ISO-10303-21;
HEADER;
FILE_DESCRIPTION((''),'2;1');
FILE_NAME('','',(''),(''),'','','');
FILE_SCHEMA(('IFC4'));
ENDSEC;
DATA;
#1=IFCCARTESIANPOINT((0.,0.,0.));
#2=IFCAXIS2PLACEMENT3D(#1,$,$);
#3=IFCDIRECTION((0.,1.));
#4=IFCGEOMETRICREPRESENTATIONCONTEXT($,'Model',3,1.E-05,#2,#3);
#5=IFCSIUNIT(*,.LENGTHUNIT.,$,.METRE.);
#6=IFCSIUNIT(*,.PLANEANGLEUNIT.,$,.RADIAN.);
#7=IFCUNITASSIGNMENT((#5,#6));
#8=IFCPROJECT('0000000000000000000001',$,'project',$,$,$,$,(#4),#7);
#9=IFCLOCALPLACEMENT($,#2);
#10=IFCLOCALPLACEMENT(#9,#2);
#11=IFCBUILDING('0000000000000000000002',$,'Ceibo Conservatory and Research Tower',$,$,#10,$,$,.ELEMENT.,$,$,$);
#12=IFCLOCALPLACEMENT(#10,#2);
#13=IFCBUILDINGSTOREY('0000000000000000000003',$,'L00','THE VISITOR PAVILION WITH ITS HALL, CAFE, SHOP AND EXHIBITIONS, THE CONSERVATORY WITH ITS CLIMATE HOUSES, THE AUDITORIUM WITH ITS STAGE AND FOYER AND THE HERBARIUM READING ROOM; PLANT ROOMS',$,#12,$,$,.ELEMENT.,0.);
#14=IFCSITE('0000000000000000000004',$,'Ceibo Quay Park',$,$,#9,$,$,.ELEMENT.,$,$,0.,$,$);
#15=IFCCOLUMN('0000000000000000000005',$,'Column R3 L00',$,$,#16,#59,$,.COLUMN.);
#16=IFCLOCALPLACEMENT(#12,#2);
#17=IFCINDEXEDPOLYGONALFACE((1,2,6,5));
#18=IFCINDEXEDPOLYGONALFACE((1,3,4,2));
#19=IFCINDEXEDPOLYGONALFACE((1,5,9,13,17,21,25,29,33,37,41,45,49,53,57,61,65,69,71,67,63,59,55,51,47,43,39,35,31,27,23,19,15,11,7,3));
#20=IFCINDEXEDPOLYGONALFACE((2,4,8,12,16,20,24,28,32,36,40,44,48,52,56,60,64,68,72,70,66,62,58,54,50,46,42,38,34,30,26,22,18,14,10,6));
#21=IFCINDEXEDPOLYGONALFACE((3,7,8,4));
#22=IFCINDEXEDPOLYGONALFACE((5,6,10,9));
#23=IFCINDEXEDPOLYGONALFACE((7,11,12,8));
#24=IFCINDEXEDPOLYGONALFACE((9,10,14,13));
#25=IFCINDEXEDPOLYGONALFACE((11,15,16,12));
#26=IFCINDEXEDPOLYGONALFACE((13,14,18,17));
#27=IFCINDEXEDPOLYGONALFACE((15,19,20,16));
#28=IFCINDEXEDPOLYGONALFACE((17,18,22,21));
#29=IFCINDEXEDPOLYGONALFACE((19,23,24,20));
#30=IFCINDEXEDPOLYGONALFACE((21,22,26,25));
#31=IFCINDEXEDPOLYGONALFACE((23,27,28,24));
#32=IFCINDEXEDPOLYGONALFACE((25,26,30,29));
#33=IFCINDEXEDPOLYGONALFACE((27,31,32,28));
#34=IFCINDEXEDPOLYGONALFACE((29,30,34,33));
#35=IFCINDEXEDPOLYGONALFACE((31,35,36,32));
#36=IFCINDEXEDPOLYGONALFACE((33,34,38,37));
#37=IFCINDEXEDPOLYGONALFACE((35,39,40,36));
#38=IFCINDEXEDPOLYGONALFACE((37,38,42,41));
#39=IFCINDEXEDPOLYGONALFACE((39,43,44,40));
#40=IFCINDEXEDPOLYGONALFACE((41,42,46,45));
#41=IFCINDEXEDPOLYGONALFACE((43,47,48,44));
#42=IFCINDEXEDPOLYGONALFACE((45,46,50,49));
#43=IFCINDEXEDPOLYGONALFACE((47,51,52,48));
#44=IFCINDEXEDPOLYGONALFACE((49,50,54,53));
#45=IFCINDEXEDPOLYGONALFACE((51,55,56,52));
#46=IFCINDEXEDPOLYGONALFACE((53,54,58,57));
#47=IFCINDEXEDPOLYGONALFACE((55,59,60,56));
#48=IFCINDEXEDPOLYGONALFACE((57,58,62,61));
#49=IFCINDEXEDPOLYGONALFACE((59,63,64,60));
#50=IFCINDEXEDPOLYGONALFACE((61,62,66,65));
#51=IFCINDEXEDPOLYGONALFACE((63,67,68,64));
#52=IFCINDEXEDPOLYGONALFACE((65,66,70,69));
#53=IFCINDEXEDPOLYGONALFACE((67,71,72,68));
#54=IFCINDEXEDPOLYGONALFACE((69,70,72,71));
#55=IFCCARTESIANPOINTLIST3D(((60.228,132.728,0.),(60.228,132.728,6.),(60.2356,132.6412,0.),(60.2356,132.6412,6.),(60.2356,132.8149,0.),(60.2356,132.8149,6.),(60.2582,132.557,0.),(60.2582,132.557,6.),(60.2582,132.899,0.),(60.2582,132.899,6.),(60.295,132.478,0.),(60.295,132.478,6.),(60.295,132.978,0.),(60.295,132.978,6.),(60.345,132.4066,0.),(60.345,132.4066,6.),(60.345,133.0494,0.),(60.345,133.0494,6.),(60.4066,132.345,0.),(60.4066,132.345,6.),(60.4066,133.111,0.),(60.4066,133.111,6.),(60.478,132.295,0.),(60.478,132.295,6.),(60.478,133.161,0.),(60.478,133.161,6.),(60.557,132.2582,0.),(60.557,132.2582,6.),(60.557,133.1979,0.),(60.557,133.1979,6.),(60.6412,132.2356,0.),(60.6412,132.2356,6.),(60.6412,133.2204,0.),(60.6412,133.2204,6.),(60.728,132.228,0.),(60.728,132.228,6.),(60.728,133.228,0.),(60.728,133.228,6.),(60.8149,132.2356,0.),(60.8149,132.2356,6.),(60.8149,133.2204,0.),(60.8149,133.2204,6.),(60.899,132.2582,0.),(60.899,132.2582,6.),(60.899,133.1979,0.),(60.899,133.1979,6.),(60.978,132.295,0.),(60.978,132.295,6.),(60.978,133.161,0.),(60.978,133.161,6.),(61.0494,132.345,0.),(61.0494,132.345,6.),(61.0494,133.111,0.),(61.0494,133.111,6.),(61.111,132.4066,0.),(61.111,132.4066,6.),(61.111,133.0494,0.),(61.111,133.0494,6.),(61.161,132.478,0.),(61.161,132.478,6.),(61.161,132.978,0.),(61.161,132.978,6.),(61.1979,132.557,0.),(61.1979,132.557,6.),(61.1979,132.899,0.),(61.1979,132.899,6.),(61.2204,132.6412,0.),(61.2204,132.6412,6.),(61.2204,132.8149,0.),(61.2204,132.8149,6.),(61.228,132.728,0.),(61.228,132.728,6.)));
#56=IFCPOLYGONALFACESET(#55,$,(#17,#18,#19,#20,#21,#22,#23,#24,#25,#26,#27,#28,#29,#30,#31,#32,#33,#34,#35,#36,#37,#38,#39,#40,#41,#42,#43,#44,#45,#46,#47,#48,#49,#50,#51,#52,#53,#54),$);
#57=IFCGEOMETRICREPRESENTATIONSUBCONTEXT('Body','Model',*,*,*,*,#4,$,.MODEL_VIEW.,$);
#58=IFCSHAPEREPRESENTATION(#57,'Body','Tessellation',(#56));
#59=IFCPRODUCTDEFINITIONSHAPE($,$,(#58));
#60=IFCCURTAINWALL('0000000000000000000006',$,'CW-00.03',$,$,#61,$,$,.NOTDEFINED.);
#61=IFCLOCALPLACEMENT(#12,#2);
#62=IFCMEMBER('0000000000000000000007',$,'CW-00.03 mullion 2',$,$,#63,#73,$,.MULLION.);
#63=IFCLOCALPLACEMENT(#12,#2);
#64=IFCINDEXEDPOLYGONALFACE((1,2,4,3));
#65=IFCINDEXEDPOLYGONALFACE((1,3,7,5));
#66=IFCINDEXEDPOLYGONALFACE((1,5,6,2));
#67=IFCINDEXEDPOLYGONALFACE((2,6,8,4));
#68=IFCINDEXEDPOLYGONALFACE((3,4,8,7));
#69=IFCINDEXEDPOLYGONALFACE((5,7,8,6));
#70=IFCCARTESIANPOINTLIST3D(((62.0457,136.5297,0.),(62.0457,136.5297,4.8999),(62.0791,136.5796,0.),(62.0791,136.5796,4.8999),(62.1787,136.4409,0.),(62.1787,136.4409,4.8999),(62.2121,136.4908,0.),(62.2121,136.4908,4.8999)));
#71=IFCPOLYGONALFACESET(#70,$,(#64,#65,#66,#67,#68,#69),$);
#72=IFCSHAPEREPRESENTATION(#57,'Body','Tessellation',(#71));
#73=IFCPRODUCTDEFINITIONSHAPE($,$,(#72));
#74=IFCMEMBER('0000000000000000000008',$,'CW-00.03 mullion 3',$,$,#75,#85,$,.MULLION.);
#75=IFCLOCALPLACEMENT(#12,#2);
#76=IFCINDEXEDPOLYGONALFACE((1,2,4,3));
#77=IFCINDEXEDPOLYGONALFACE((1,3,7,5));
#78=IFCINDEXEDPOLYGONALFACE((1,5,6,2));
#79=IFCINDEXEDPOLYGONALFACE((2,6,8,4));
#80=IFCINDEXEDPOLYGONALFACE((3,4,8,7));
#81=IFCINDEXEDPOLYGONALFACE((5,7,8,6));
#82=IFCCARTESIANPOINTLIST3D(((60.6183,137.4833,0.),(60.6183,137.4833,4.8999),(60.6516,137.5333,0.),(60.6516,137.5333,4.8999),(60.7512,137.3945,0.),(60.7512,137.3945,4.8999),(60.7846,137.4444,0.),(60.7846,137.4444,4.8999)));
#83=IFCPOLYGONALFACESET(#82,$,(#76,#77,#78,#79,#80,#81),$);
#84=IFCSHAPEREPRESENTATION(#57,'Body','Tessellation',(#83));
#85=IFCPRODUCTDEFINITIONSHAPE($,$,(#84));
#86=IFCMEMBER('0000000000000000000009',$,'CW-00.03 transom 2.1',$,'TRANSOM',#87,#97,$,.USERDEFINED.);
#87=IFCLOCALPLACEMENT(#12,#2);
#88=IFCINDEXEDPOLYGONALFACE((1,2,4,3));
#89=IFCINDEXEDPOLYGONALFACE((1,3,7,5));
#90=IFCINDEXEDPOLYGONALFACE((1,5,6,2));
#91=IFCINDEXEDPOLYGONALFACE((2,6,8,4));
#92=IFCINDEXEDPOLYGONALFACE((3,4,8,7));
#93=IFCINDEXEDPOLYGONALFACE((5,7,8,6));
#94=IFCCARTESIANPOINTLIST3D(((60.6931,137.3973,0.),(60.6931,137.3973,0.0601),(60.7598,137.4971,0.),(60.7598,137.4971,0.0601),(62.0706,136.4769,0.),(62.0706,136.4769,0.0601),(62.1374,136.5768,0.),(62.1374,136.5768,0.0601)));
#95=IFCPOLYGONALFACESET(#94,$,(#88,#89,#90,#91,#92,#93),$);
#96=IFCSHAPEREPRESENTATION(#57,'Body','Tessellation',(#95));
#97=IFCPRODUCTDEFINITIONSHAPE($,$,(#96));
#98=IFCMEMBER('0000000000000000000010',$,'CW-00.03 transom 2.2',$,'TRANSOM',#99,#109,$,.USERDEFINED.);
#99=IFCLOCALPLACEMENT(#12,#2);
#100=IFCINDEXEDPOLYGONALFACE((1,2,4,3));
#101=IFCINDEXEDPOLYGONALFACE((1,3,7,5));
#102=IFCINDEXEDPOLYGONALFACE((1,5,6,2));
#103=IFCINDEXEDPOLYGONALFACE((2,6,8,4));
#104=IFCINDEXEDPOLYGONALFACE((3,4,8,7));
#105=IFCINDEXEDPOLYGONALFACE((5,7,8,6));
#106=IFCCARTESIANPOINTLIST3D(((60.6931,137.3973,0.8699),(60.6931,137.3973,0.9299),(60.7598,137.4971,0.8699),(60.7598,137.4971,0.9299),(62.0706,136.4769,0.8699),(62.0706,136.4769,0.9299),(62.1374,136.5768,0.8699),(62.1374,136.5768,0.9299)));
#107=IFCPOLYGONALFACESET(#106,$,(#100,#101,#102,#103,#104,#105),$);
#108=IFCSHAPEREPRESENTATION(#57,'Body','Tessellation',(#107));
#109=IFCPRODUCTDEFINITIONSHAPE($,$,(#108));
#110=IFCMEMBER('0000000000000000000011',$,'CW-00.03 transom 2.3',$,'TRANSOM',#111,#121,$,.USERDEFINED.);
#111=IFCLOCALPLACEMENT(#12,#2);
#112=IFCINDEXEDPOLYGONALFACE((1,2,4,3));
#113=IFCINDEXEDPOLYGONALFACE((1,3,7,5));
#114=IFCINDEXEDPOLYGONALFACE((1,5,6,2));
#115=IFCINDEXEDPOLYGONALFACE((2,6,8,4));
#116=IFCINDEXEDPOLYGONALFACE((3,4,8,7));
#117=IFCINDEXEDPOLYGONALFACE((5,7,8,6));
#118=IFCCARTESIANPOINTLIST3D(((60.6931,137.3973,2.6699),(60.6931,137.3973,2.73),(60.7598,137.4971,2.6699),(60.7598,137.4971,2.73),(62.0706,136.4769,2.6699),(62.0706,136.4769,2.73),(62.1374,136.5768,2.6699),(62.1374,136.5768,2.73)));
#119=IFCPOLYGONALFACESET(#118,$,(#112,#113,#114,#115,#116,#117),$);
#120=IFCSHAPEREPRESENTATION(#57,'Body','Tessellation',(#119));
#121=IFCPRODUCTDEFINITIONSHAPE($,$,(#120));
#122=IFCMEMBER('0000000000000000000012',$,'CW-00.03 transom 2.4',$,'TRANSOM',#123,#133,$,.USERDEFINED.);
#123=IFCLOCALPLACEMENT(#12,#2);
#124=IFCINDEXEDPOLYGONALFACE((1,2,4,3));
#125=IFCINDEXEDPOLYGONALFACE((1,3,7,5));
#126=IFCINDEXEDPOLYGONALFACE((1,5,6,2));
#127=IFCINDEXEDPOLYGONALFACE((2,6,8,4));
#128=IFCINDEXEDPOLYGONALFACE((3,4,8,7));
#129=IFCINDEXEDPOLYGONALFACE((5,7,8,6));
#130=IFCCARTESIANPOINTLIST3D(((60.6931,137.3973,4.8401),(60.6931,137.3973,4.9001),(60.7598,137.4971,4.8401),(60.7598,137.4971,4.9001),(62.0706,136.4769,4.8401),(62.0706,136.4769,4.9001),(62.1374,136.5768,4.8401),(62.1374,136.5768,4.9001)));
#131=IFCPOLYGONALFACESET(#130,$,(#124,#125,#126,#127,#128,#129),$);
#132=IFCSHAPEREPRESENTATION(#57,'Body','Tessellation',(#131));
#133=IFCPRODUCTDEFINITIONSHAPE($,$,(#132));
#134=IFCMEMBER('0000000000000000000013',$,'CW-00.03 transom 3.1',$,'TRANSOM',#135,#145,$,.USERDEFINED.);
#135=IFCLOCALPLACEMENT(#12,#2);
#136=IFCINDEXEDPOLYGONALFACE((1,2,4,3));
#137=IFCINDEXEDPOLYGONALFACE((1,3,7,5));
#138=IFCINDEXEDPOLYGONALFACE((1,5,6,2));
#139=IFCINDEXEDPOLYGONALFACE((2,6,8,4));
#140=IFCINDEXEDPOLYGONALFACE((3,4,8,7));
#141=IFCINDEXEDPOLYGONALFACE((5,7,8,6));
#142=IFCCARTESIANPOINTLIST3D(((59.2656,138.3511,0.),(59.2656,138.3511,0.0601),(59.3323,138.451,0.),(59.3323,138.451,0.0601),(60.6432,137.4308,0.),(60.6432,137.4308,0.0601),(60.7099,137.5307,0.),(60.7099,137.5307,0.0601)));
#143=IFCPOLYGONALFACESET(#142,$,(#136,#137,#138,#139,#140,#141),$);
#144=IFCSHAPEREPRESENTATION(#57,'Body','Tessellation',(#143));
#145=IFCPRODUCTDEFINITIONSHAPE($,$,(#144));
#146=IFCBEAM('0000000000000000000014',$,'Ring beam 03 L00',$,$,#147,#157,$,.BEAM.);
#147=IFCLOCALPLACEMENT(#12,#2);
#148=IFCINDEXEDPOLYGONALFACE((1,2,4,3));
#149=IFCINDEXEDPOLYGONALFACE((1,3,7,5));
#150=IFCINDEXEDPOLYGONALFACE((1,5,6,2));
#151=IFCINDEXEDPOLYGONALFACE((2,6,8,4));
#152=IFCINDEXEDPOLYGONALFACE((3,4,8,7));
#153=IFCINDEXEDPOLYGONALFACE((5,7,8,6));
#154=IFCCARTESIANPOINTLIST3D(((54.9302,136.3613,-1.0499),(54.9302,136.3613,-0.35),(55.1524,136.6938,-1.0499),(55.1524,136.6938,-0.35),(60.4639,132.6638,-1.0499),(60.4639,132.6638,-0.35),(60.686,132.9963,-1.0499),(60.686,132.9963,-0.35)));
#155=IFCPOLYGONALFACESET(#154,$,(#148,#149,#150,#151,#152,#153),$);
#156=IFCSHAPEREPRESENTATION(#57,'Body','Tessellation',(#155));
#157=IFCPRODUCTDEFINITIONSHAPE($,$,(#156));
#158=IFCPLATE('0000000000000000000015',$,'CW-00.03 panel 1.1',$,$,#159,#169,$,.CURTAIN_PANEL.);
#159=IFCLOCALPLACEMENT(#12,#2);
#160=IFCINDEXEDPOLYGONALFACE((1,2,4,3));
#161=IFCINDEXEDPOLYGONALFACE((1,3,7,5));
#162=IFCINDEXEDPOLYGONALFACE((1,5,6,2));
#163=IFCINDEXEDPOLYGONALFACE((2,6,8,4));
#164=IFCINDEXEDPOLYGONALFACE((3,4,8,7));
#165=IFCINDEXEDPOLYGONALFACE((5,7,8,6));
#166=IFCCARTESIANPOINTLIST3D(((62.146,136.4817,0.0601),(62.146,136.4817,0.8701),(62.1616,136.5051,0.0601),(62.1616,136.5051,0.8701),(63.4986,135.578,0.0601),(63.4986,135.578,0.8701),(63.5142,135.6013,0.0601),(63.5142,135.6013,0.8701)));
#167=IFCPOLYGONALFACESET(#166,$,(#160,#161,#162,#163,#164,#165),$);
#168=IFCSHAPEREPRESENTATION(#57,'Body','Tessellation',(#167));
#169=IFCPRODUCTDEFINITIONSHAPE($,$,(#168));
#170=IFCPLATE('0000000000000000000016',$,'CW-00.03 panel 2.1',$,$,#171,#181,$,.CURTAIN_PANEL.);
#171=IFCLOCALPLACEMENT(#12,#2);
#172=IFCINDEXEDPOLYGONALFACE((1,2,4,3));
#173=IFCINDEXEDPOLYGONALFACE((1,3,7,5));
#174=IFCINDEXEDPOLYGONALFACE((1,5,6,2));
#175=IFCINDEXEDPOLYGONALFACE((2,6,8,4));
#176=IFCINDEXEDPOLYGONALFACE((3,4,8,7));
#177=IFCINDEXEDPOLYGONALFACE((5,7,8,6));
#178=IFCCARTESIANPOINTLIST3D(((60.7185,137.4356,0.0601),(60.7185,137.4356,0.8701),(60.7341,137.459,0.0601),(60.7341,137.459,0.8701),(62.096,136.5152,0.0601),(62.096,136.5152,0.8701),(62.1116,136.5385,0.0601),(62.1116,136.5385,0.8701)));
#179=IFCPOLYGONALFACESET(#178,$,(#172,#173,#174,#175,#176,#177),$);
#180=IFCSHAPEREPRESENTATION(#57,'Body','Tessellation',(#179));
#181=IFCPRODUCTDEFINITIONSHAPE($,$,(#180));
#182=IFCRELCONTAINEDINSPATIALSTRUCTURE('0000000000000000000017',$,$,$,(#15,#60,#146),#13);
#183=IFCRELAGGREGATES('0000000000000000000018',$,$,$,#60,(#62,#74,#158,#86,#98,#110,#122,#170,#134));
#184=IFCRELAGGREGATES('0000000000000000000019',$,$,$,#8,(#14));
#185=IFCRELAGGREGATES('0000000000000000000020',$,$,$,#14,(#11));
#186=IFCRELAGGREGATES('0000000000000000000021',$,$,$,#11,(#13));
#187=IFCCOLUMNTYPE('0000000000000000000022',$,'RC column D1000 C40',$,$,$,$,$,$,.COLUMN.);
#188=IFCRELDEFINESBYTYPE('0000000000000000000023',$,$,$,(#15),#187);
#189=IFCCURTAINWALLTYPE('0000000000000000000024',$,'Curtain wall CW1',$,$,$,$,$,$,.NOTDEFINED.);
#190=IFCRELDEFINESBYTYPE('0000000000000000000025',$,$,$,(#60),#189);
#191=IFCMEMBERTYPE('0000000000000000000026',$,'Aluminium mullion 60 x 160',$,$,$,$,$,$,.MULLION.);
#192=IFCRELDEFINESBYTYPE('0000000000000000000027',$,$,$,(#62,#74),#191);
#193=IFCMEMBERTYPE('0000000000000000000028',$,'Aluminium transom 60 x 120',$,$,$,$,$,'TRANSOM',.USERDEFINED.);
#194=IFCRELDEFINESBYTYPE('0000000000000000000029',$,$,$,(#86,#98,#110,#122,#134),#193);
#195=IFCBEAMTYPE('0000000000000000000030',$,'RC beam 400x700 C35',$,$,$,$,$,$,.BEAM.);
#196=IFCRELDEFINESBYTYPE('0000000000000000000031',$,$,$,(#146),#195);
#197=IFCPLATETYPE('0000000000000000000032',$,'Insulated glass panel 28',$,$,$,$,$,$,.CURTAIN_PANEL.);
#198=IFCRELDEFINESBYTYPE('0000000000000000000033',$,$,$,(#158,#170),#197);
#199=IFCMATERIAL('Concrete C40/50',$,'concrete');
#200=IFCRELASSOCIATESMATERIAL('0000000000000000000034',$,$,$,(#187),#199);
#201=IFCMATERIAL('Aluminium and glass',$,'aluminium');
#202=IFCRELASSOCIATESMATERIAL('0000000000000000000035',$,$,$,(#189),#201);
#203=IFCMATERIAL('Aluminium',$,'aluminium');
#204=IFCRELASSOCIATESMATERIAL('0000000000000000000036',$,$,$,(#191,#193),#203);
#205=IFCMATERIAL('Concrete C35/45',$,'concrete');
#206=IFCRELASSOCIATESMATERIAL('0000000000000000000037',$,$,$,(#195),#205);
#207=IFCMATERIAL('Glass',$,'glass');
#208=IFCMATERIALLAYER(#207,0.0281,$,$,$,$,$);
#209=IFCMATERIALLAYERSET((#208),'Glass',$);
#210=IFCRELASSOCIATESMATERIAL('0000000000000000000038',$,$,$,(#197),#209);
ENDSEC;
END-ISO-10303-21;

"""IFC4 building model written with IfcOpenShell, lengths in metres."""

from ifc_helpers import new_model, si_unit, direction, frame, origin, origin_2d, place, context, subcontext, project, spatial, rectangle, circle, extrude, material, layer, layer_set, material_profile, profile_set, type_object, element, aggregate, save


model = new_model("IFC4")

# Units and contexts
model_context = context("Model", 3, precision=1e-05, world=origin(), true_north=direction((0.0, 1.0)))
body_context = subcontext(model_context, "Body", "Model", "MODEL_VIEW")
ifc_project = project(units=[si_unit("LENGTHUNIT", "METRE"), si_unit("PLANEANGLEUNIT", "RADIAN")], contexts=[model_context])

# Site, building, storey
site_placement = place(None, origin())
site = spatial("IfcSite", under=ifc_project, at=site_placement, Name="Ceibo Quay Park", CompositionType="ELEMENT", RefElevation=0.0)
building_placement = place(site_placement, origin())
building = spatial("IfcBuilding", under=site, at=building_placement, Name="Ceibo Conservatory and Research Tower", CompositionType="ELEMENT")
storey_placement = place(building_placement, origin())
storey = spatial("IfcBuildingStorey", under=building, at=storey_placement, Name="L00", Description="THE VISITOR PAVILION WITH ITS HALL, CAFE, SHOP AND EXHIBITIONS, THE CONSERVATORY WITH ITS CLIMATE HOUSES, THE AUDITORIUM WITH ITS STAGE AND FOYER AND THE HERBARIUM READING ROOM; PLANT ROOMS", CompositionType="ELEMENT", Elevation=0.0)

# Column
ifc_material_1 = material(Name="Concrete C40/50", Category="concrete")
ifc_material_profile_1 = material_profile(ifc_material_1, circle(Radius=0.5, at=origin_2d()), Name="RC D1000")
ifc_profile_set_1 = profile_set([ifc_material_profile_1], Name="Concrete C40/50")
column_type = type_object("IfcColumnType", Name="RC column D1000 C40", PredefinedType="COLUMN", material=ifc_profile_set_1)
column_placement = place(storey_placement, frame((60.728, 132.728, 0.0), z_axis=(0.0, 0.0, 1.0), x_axis=(1.0, 0.0, 0.0)))
element("IfcColumn", 1, at=column_placement, inside=storey, type_object=column_type, Name="Column R3 L00", PredefinedType="COLUMN", context=body_context, shape_type="SweptSolid", body=[
    extrude(circle(Radius=0.5, at=origin_2d()), origin(), (0.0, 0.0, 1.0), 6.0),
])

# Curtain wall, members
ifc_material_2 = material(Name="Aluminium and glass", Category="aluminium")
curtain_wall_type = type_object("IfcCurtainWallType", Name="Curtain wall CW1", PredefinedType="NOTDEFINED", material=ifc_material_2)
curtain_wall_placement = place(storey_placement, origin())
curtain_wall = element("IfcCurtainWall", 2, at=curtain_wall_placement, inside=storey, type_object=curtain_wall_type, Name="CW-00.03", PredefinedType="NOTDEFINED")
ifc_material_3 = material(Name="Aluminium", Category="aluminium")
ifc_material_profile_2 = material_profile(ifc_material_3, rectangle(XDim=0.0601, YDim=0.1599, at=origin_2d()), Name="Aluminium 60 x 160")
ifc_profile_set_2 = profile_set([ifc_material_profile_2], Name="Aluminium")
member_type_1 = type_object("IfcMemberType", Name="Aluminium mullion 60 x 160", PredefinedType="MULLION", material=ifc_profile_set_2)
member_1_placement = place(storey_placement, frame((62.1289, 136.5103, 0.0), z_axis=(0.0, 0.0, 1.0), x_axis=(-0.55557, -0.83147, 0.0)))
member_1 = element("IfcMember", 3, at=member_1_placement, type_object=member_type_1, Name="CW-00.03 mullion 2", PredefinedType="MULLION", context=body_context, shape_type="SweptSolid", body=[
    extrude(rectangle(XDim=0.0601, YDim=0.1599, at=origin_2d()), origin(), (0.0, 0.0, 1.0), 4.8999),
])
member_2_placement = place(storey_placement, frame((60.7014, 137.4639, 0.0), z_axis=(0.0, 0.0, 1.0), x_axis=(-0.55557, -0.83147, 0.0)))
member_2 = element("IfcMember", 4, at=member_2_placement, type_object=member_type_1, Name="CW-00.03 mullion 3", PredefinedType="MULLION", context=body_context, shape_type="SweptSolid", body=[
    extrude(rectangle(XDim=0.0601, YDim=0.1599, at=origin_2d()), origin(), (0.0, 0.0, 1.0), 4.8999),
])
ifc_material_profile_3 = material_profile(ifc_material_3, rectangle(XDim=0.1201, YDim=0.0601, at=origin_2d()), Name="Aluminium 60 x 120")
ifc_profile_set_3 = profile_set([ifc_material_profile_3], Name="Aluminium")
member_type_2 = type_object("IfcMemberType", Name="Aluminium transom 60 x 120", ElementType="TRANSOM", PredefinedType="USERDEFINED", material=ifc_profile_set_3)
member_3_placement = place(storey_placement, frame((62.104, 136.5269, 0.03), z_axis=(-0.831506, 0.555516, 0.0), x_axis=(-0.555516, -0.831506, 0.0)))
member_3 = element("IfcMember", 5, at=member_3_placement, type_object=member_type_2, Name="CW-00.03 transom 2.1", ObjectType="TRANSOM", PredefinedType="USERDEFINED", context=body_context, shape_type="SweptSolid", body=[
    extrude(rectangle(XDim=0.1201, YDim=0.0601, at=origin_2d()), origin(), (0.0, 0.0, 1.0), 1.6567),
])
member_4_placement = place(storey_placement, frame((62.104, 136.5269, 0.8999), z_axis=(-0.831506, 0.555516, 0.0), x_axis=(-0.555516, -0.831506, 0.0)))
member_4 = element("IfcMember", 6, at=member_4_placement, type_object=member_type_2, Name="CW-00.03 transom 2.2", ObjectType="TRANSOM", PredefinedType="USERDEFINED", context=body_context, shape_type="SweptSolid", body=[
    extrude(rectangle(XDim=0.1201, YDim=0.0601, at=origin_2d()), origin(), (0.0, 0.0, 1.0), 1.6567),
])
member_5_placement = place(storey_placement, frame((62.104, 136.5269, 2.7), z_axis=(-0.831506, 0.555516, 0.0), x_axis=(-0.555516, -0.831506, 0.0)))
member_5 = element("IfcMember", 7, at=member_5_placement, type_object=member_type_2, Name="CW-00.03 transom 2.3", ObjectType="TRANSOM", PredefinedType="USERDEFINED", context=body_context, shape_type="SweptSolid", body=[
    extrude(rectangle(XDim=0.1201, YDim=0.0601, at=origin_2d()), origin(), (0.0, 0.0, 1.0), 1.6567),
])
member_6_placement = place(storey_placement, frame((62.104, 136.5269, 4.8701), z_axis=(-0.831506, 0.555516, 0.0), x_axis=(-0.555516, -0.831506, 0.0)))
member_6 = element("IfcMember", 8, at=member_6_placement, type_object=member_type_2, Name="CW-00.03 transom 2.4", ObjectType="TRANSOM", PredefinedType="USERDEFINED", context=body_context, shape_type="SweptSolid", body=[
    extrude(rectangle(XDim=0.1201, YDim=0.0601, at=origin_2d()), origin(), (0.0, 0.0, 1.0), 1.6567),
])
member_7_placement = place(storey_placement, frame((60.6765, 137.4807, 0.03), z_axis=(-0.831506, 0.555516, 0.0), x_axis=(-0.555516, -0.831506, 0.0)))
member_7 = element("IfcMember", 9, at=member_7_placement, type_object=member_type_2, Name="CW-00.03 transom 3.1", ObjectType="TRANSOM", PredefinedType="USERDEFINED", context=body_context, shape_type="SweptSolid", body=[
    extrude(rectangle(XDim=0.1201, YDim=0.0601, at=origin_2d()), origin(), (0.0, 0.0, 1.0), 1.6567),
])

# Beam
ifc_material_4 = material(Name="Concrete C35/45", Category="concrete")
ifc_material_profile_4 = material_profile(ifc_material_4, rectangle(XDim=0.3999, YDim=0.7, at=origin_2d()), Name="RC 400x700")
ifc_profile_set_4 = profile_set([ifc_material_profile_4], Name="Concrete C35/45")
beam_type = type_object("IfcBeamType", Name="RC beam 400x700 C35", PredefinedType="BEAM", material=ifc_profile_set_4)
beam_placement = place(storey_placement, frame((60.575, 132.8301, -0.7), z_axis=(-0.831469, 0.555572, 0.0), x_axis=(-0.555572, -0.831469, 0.0)))
element("IfcBeam", 10, at=beam_placement, inside=storey, type_object=beam_type, Name="Ring beam 03 L00", PredefinedType="BEAM", context=body_context, shape_type="SweptSolid", body=[
    extrude(rectangle(XDim=0.3999, YDim=0.7, at=origin_2d()), origin(), (0.0, 0.0, 1.0), 6.6553),
])

# Plates
ifc_material_5 = material(Name="Glass", Category="glass")
ifc_layer_1 = layer(ifc_material_5, 0.0281)
ifc_layer_set_1 = layer_set([ifc_layer_1], Name="Glass")
plate_type = type_object("IfcPlateType", Name="Insulated glass panel 28", PredefinedType="CURTAIN_PANEL", material=ifc_layer_set_1)
plate_1_placement = place(storey_placement, frame((62.8301, 136.0415, 0.0601), z_axis=(0.0, 0.0, 1.0), x_axis=(-0.83147, 0.55557, 0.0)))
plate_1 = element("IfcPlate", 11, at=plate_1_placement, type_object=plate_type, Name="CW-00.03 panel 1.1", PredefinedType="CURTAIN_PANEL", context=body_context, shape_type="SweptSolid", body=[
    extrude(rectangle(XDim=1.6267, YDim=0.0281, at=origin_2d()), origin(), (0.0, 0.0, 1.0), 0.8101),
])
plate_2_placement = place(storey_placement, frame((61.415, 136.9871, 0.0601), z_axis=(0.0, 0.0, 1.0), x_axis=(-0.83147, 0.55557, 0.0)))
plate_2 = element("IfcPlate", 12, at=plate_2_placement, type_object=plate_type, Name="CW-00.03 panel 2.1", PredefinedType="CURTAIN_PANEL", context=body_context, shape_type="SweptSolid", body=[
    extrude(rectangle(XDim=1.6567, YDim=0.0281, at=origin_2d()), origin(), (0.0, 0.0, 1.0), 0.8101),
])
aggregate(curtain_wall, [member_1, member_2, plate_1, member_3, member_4, member_5, member_6, plate_2, member_7])

save(model, "model.ifc")
